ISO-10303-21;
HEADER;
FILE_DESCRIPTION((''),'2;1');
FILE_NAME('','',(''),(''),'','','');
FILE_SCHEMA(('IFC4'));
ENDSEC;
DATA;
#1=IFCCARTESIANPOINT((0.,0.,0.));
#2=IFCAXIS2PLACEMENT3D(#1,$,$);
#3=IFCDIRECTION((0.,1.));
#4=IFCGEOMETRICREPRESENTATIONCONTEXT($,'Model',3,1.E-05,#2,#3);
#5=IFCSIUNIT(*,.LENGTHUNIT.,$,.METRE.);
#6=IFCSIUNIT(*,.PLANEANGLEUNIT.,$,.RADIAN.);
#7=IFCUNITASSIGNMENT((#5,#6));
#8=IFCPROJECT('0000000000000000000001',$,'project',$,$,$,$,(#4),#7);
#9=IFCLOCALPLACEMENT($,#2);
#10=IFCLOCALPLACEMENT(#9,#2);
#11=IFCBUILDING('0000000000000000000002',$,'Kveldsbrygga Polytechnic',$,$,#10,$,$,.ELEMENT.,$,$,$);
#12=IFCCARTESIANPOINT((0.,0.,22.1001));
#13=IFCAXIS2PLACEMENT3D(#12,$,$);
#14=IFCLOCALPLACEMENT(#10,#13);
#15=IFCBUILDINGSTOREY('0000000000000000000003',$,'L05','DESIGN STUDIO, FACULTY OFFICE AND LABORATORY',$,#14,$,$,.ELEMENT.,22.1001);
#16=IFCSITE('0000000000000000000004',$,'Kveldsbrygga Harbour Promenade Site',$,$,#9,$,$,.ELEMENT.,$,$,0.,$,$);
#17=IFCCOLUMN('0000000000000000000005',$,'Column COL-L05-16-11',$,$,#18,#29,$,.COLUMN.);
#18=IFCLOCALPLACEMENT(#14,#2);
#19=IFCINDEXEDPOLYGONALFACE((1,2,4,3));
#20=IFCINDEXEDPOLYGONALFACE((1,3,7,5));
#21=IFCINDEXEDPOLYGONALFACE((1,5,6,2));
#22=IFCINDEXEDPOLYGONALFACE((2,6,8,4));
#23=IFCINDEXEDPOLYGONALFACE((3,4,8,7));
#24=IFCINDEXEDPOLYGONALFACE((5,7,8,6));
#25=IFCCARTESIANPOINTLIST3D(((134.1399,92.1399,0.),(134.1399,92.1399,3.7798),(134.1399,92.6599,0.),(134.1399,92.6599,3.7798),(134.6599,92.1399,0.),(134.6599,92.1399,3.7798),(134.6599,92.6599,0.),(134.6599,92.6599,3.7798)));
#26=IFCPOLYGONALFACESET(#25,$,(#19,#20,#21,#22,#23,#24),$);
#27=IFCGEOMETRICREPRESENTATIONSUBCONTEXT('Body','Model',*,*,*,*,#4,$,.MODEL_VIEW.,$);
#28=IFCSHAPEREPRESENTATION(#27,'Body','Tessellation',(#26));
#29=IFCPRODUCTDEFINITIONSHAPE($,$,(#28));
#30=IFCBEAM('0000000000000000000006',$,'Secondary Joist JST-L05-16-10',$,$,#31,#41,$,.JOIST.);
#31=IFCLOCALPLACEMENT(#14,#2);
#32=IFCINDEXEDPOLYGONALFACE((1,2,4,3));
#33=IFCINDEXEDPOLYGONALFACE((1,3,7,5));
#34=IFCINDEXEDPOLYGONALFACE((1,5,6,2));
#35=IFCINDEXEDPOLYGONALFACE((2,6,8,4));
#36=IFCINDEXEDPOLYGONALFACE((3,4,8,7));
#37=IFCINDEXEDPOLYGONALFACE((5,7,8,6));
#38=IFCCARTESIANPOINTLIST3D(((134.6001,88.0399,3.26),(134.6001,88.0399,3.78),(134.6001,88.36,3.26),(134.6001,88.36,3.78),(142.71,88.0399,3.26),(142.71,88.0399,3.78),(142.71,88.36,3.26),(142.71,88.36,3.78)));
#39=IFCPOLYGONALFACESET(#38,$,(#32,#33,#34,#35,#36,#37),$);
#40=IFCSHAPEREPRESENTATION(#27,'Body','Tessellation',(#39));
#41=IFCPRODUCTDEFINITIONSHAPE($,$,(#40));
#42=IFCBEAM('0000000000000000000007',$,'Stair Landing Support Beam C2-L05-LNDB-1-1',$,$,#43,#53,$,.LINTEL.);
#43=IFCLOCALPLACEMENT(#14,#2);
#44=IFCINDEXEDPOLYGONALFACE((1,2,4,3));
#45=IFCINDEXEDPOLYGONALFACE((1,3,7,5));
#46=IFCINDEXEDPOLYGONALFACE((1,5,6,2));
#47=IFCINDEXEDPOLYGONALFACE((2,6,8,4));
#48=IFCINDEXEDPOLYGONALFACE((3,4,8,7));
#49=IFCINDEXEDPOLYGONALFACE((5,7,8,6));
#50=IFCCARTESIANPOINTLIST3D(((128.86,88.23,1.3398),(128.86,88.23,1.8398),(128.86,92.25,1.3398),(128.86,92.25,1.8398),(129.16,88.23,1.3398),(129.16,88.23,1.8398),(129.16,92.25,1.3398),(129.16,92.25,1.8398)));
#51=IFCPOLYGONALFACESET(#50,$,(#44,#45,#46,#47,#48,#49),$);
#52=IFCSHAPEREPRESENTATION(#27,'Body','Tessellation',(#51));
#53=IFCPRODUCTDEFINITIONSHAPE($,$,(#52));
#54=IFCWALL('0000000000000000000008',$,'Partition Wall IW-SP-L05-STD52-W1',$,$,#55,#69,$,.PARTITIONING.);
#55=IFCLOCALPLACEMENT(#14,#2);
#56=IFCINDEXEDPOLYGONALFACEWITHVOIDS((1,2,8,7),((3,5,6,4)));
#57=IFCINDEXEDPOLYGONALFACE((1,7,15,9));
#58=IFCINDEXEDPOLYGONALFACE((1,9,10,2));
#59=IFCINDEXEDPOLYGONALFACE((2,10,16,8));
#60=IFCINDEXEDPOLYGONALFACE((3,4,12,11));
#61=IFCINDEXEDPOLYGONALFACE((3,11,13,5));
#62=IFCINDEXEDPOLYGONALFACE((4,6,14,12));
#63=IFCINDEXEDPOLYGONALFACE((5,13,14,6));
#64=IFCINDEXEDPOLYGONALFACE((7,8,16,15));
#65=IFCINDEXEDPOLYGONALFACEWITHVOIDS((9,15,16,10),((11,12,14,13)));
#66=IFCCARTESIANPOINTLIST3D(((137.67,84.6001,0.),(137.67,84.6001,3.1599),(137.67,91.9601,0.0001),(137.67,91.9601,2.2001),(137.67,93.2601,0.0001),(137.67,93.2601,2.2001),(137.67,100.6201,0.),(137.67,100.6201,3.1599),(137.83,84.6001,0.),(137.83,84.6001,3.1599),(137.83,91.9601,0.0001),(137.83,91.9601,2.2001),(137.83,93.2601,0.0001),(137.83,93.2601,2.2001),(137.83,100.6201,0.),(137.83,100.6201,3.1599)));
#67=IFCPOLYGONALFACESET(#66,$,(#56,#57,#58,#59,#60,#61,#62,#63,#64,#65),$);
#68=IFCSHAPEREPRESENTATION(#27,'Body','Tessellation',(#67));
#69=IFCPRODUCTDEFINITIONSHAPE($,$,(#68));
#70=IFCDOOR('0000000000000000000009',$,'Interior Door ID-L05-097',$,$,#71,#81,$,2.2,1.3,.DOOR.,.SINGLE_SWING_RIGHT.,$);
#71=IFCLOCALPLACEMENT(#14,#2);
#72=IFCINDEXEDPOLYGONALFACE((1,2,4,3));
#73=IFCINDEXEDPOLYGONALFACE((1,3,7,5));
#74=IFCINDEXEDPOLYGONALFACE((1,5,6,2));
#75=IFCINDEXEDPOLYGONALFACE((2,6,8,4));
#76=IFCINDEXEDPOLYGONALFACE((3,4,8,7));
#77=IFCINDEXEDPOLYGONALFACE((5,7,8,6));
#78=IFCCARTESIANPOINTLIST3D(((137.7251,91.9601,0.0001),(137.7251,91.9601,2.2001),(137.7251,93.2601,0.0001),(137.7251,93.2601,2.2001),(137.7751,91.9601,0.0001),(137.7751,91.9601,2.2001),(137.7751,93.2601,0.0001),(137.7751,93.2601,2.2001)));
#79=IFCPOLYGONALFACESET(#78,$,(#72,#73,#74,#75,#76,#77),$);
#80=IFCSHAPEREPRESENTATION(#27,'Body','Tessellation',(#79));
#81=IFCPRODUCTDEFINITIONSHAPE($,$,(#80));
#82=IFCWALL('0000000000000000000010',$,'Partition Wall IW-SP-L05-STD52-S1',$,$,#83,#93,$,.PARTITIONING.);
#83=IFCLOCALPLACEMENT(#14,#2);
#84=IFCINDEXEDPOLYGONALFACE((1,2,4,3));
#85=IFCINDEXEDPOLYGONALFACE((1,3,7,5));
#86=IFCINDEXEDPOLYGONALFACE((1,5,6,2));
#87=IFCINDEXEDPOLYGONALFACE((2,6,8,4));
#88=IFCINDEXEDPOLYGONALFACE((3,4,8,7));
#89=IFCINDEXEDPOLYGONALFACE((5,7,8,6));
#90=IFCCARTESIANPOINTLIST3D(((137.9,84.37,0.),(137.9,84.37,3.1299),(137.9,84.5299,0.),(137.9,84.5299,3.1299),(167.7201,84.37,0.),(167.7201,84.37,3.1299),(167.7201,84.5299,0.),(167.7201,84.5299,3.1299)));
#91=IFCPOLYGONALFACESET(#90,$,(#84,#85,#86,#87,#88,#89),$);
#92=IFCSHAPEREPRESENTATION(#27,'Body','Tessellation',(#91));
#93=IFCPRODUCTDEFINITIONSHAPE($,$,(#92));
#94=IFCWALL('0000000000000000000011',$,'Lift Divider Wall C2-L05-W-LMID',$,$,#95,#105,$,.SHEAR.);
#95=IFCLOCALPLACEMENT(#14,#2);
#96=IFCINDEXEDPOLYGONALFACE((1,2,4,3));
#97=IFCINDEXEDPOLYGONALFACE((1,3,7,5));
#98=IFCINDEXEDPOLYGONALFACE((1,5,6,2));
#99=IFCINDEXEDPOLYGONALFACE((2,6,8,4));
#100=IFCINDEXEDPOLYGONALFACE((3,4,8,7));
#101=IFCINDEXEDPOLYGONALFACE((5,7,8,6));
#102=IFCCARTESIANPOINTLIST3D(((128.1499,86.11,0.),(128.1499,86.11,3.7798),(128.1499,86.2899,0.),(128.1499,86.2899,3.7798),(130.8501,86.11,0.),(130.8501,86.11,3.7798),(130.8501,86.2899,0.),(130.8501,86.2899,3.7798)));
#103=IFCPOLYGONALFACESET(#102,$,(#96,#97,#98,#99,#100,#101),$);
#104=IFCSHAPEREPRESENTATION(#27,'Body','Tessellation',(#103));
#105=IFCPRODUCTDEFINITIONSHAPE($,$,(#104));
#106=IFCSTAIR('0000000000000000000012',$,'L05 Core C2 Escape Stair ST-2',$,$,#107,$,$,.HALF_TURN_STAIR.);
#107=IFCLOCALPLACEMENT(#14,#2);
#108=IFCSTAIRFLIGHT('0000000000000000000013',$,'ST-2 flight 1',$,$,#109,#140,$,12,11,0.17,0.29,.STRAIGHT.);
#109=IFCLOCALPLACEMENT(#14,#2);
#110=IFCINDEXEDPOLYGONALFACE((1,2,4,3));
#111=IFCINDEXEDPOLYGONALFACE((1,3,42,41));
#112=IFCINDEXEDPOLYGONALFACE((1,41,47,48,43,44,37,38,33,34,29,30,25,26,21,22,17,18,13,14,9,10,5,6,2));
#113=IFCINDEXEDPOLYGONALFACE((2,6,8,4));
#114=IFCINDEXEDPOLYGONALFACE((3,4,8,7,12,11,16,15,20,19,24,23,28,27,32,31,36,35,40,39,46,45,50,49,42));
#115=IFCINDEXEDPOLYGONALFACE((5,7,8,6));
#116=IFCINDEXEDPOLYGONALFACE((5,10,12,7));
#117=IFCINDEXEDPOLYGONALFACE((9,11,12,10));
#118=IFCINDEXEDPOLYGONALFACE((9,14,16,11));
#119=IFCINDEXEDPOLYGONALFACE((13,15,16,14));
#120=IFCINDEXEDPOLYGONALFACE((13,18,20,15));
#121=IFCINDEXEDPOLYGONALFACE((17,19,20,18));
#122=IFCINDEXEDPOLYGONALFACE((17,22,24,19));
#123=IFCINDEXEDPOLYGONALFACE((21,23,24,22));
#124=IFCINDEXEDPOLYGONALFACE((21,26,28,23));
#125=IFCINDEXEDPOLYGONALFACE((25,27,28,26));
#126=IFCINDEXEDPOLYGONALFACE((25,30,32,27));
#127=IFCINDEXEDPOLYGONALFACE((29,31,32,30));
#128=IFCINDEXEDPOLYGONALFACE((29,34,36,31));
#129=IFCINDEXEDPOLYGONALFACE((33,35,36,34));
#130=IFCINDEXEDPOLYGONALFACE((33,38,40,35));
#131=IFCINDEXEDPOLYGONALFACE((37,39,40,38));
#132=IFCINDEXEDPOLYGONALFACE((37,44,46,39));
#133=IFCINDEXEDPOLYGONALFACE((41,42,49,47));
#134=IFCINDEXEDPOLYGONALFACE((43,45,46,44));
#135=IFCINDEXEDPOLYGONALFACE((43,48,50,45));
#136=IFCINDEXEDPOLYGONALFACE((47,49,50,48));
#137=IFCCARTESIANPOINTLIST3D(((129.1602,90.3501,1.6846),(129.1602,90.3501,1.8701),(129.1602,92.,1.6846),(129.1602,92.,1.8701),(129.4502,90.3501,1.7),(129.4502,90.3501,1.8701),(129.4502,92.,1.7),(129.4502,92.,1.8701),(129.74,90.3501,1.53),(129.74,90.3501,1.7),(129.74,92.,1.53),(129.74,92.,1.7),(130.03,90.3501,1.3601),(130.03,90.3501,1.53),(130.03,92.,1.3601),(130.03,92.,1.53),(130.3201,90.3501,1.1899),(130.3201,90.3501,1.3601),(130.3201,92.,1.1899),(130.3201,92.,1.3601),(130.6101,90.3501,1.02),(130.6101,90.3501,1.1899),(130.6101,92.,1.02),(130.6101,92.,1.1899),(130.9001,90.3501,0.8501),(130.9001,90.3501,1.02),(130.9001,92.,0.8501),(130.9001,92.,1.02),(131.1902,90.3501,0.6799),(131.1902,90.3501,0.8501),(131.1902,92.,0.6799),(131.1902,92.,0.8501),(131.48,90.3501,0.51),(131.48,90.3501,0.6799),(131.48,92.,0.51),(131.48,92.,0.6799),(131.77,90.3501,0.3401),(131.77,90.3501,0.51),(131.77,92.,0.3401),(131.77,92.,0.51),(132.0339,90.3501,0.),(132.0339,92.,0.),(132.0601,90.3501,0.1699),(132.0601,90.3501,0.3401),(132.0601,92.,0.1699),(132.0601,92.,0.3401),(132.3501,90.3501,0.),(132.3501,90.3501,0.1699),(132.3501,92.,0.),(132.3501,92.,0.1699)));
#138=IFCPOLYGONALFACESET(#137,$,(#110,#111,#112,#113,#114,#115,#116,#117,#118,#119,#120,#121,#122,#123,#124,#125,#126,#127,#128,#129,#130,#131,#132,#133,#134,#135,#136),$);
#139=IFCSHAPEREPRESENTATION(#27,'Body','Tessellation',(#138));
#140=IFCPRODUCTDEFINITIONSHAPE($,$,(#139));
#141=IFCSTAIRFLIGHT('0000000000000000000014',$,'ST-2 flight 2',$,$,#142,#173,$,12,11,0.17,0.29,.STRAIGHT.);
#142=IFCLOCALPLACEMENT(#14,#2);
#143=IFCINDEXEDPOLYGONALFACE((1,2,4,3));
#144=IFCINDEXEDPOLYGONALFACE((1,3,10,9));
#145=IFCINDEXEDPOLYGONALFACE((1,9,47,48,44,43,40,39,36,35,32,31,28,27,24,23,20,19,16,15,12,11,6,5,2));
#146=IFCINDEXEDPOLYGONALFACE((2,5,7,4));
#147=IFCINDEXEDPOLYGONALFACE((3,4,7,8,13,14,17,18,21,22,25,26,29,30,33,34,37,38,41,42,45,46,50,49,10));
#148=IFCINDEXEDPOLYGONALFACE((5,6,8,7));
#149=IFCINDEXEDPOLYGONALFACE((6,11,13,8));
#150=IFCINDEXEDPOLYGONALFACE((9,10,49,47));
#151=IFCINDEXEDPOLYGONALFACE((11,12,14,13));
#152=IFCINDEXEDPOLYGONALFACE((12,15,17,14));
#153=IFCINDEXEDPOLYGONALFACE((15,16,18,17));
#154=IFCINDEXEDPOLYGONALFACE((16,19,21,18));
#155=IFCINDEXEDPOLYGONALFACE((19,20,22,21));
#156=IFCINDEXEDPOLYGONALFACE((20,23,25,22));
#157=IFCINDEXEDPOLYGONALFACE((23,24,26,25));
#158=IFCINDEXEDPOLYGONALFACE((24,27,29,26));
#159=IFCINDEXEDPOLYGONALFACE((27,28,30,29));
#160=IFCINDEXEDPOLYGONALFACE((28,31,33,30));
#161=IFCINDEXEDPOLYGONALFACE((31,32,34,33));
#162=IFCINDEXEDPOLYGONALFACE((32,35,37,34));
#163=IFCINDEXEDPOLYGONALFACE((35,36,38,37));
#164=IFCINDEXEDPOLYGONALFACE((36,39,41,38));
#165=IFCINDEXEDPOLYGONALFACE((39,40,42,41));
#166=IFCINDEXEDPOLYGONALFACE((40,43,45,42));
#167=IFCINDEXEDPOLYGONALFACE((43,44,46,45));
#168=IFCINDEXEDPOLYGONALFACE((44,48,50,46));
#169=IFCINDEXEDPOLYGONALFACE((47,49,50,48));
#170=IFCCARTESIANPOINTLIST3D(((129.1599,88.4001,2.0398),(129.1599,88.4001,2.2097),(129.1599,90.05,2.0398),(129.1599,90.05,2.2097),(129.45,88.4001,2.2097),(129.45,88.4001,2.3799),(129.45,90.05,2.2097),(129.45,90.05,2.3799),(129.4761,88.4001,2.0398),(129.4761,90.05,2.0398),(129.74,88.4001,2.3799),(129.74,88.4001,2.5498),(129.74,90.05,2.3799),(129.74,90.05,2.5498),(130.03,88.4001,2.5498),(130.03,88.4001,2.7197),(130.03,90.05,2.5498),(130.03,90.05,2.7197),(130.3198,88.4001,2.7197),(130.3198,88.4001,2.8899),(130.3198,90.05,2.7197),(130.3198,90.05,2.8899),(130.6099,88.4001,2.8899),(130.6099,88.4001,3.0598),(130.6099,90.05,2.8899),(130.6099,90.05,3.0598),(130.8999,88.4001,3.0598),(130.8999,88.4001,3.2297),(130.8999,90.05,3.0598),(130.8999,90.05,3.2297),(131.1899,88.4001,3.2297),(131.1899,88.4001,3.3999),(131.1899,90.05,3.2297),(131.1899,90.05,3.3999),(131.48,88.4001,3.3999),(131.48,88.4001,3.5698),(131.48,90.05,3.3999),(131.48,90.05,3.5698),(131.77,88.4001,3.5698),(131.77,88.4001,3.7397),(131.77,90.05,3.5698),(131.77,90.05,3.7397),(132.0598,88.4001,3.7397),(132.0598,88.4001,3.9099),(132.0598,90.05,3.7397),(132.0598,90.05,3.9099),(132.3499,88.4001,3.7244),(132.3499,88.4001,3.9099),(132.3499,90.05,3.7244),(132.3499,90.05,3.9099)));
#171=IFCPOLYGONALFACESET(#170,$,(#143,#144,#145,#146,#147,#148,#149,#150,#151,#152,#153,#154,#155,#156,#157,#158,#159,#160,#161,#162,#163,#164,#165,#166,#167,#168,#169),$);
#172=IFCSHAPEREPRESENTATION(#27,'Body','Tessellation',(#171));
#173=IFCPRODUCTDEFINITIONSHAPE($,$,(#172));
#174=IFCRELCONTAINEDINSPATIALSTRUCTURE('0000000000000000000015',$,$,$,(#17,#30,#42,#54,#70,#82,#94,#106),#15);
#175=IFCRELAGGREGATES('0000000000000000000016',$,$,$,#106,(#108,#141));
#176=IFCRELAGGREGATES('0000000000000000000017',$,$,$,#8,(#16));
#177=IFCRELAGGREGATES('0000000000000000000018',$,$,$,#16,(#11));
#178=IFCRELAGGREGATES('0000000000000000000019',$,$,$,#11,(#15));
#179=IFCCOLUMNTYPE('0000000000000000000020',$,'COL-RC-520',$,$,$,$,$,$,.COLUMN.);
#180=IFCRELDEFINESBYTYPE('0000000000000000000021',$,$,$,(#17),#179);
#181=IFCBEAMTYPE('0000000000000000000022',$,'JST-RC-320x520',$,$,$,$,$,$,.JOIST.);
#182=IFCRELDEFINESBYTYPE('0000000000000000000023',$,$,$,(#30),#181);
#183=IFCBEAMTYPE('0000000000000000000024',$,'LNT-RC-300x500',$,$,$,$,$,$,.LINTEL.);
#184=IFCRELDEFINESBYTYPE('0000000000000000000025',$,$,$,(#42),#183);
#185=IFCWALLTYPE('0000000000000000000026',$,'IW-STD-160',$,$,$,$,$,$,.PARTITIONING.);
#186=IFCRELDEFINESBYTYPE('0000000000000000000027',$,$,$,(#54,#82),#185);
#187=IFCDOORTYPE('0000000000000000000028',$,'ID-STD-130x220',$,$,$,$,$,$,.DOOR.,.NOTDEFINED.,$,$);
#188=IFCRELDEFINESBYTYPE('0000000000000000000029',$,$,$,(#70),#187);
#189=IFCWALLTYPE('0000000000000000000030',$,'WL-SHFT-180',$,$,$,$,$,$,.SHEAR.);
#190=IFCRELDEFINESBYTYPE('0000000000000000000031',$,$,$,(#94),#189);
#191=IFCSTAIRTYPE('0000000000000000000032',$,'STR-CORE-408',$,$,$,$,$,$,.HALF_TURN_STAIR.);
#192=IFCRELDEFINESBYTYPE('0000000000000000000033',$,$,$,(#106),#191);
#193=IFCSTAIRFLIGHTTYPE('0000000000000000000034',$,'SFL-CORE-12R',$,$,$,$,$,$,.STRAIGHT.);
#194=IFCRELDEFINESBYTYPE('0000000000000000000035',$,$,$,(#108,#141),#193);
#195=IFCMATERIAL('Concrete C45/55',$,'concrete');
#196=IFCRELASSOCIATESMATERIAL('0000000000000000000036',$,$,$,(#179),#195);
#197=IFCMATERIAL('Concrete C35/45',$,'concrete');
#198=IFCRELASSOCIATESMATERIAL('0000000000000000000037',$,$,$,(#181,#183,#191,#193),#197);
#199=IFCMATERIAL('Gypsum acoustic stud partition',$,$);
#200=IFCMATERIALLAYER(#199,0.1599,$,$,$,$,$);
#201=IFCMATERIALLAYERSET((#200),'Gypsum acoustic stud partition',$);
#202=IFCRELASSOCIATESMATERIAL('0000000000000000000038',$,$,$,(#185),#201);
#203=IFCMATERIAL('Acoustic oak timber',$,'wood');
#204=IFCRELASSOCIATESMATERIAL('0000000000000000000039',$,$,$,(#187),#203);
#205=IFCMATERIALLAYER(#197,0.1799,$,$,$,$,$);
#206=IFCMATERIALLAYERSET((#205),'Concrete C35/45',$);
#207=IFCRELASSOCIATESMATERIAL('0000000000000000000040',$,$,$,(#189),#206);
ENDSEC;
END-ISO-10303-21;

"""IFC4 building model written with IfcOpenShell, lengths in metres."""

from ifc_helpers import new_model, si_unit, direction, frame, frame_2d, origin, origin_2d, place, context, subcontext, project, spatial, polyline, rectangle, outline, extrude, material, layer, layer_set, material_profile, profile_set, type_object, element, fill, aggregate, save


model = new_model("IFC4")

# Units and contexts
model_context = context("Model", 3, precision=1e-05, world=origin(), true_north=direction((0.0, 1.0)))
body_context = subcontext(model_context, "Body", "Model", "MODEL_VIEW")
ifc_project = project(units=[si_unit("LENGTHUNIT", "METRE"), si_unit("PLANEANGLEUNIT", "RADIAN")], contexts=[model_context])

# Site, building, storey
site_placement = place(None, origin())
site = spatial("IfcSite", under=ifc_project, at=site_placement, Name="Kveldsbrygga Harbour Promenade Site", CompositionType="ELEMENT", RefElevation=0.0)
building_placement = place(site_placement, origin())
building = spatial("IfcBuilding", under=site, at=building_placement, Name="Kveldsbrygga Polytechnic", CompositionType="ELEMENT")
storey_placement = place(building_placement, frame((0.0, 0.0, 22.1001)))
storey = spatial("IfcBuildingStorey", under=building, at=storey_placement, Name="L05", Description="DESIGN STUDIO, FACULTY OFFICE AND LABORATORY", CompositionType="ELEMENT", Elevation=22.1001)

# Column
ifc_material_1 = material(Name="Concrete C45/55", Category="concrete")
ifc_material_profile_1 = material_profile(ifc_material_1, rectangle(XDim=0.52, YDim=0.52, at=origin_2d()), Name="RC 520x520")
ifc_profile_set_1 = profile_set([ifc_material_profile_1], Name="Concrete C45/55")
column_type = type_object("IfcColumnType", Name="COL-RC-520", PredefinedType="COLUMN", material=ifc_profile_set_1)
column_placement = place(storey_placement, frame((134.3999, 92.3999, 0.0), z_axis=(0.0, 0.0, 1.0), x_axis=(1.0, 0.0, 0.0)))
element("IfcColumn", 1, at=column_placement, inside=storey, type_object=column_type, Name="Column COL-L05-16-11", PredefinedType="COLUMN", context=body_context, shape_type="SweptSolid", body=[
    extrude(rectangle(XDim=0.52, YDim=0.52, at=origin_2d()), origin(), (0.0, 0.0, 1.0), 3.7798),
])

# Beams
ifc_material_2 = material(Name="Concrete C35/45", Category="concrete")
ifc_material_profile_2 = material_profile(ifc_material_2, rectangle(XDim=0.3201, YDim=0.52, at=origin_2d()), Name="RC 320x520")
ifc_profile_set_2 = profile_set([ifc_material_profile_2], Name="Concrete C35/45")
beam_type_1 = type_object("IfcBeamType", Name="JST-RC-320x520", PredefinedType="JOIST", material=ifc_profile_set_2)
beam_1_placement = place(storey_placement, frame((134.6001, 88.2, 3.52), z_axis=(1.0, 0.0, 0.0), x_axis=(0.0, 1.0, 0.0)))
element("IfcBeam", 2, at=beam_1_placement, inside=storey, type_object=beam_type_1, Name="Secondary Joist JST-L05-16-10", PredefinedType="JOIST", context=body_context, shape_type="SweptSolid", body=[
    extrude(rectangle(XDim=0.3201, YDim=0.52, at=origin_2d()), origin(), (0.0, 0.0, 1.0), 8.1099),
])
ifc_material_profile_3 = material_profile(ifc_material_2, rectangle(XDim=0.3, YDim=0.5, at=origin_2d()), Name="RC 300x500")
ifc_profile_set_3 = profile_set([ifc_material_profile_3], Name="Concrete C35/45")
beam_type_2 = type_object("IfcBeamType", Name="LNT-RC-300x500", PredefinedType="LINTEL", material=ifc_profile_set_3)
beam_2_placement = place(storey_placement, frame((129.01, 88.23, 1.5898), z_axis=(0.0, 1.0, 0.0), x_axis=(-1.0, 0.0, 0.0)))
element("IfcBeam", 3, at=beam_2_placement, inside=storey, type_object=beam_type_2, Name="Stair Landing Support Beam C2-L05-LNDB-1-1", PredefinedType="LINTEL", context=body_context, shape_type="SweptSolid", body=[
    extrude(rectangle(XDim=0.3, YDim=0.5, at=origin_2d()), origin(), (0.0, 0.0, 1.0), 4.02),
])

# Wall, opening, door
ifc_material_3 = material(Name="Gypsum acoustic stud partition")
ifc_layer_1 = layer(ifc_material_3, 0.1599)
ifc_layer_set_1 = layer_set([ifc_layer_1], Name="Gypsum acoustic stud partition")
wall_type_1 = type_object("IfcWallType", Name="IW-STD-160", PredefinedType="PARTITIONING", material=ifc_layer_set_1)
wall_1_placement = place(storey_placement, frame((137.75, 84.6001, 0.0), z_axis=(0.0, 0.0, 1.0), x_axis=(0.0, 1.0, 0.0)))
wall_1 = element("IfcWall", 4, at=wall_1_placement, inside=storey, type_object=wall_type_1, Name="Partition Wall IW-SP-L05-STD52-W1", PredefinedType="PARTITIONING", context=body_context, shape_type="SweptSolid", body=[
    extrude(rectangle(XDim=16.02, YDim=0.1599, at=frame_2d((8.01, 0.0))), origin(), (0.0, 0.0, 1.0), 3.1599),
])
opening_1_placement = place(wall_1_placement, frame((7.3601, 0.0, 0.0)))
opening_1 = element("IfcOpeningElement", 5, at=opening_1_placement, cuts=wall_1, PredefinedType="OPENING", context=body_context, shape_type="SweptSolid", body=[
    extrude(rectangle(XDim=1.3, YDim=2.2, at=frame_2d((0.6499, 1.1001))), frame((0.0, 0.0898, 0.0), z_axis=(0.0, -1.0, 0.0), x_axis=(1.0, 0.0, 0.0)), (0.0, 0.0, 1.0), 0.1799),
])
ifc_material_4 = material(Name="Acoustic oak timber", Category="wood")
door_type_1 = type_object("IfcDoorType", Name="ID-STD-130x220", OperationType="NOTDEFINED", PredefinedType="DOOR", material=ifc_material_4)
door_1_placement = place(opening_1_placement, origin())
door_1 = element("IfcDoor", 6, at=door_1_placement, inside=storey, type_object=door_type_1, Name="Interior Door ID-L05-097", OperationType="SINGLE_SWING_RIGHT", OverallHeight=2.2, OverallWidth=1.3, PredefinedType="DOOR", context=body_context, shape_type="SweptSolid", body=[
    extrude(rectangle(XDim=1.3, YDim=2.2, at=frame_2d((0.6499, 1.1001))), frame((0.0, 0.0249, 0.0), z_axis=(0.0, -1.0, 0.0), x_axis=(1.0, 0.0, 0.0)), (0.0, 0.0, 1.0), 0.05),
])
fill(opening_1, door_1)

# Walls
wall_2_placement = place(storey_placement, frame((137.8999, 84.45, 0.0), z_axis=(0.0, 0.0, 1.0), x_axis=(1.0, 0.0, 0.0)))
element("IfcWall", 7, at=wall_2_placement, inside=storey, type_object=wall_type_1, Name="Partition Wall IW-SP-L05-STD52-S1", PredefinedType="PARTITIONING", context=body_context, shape_type="SweptSolid", body=[
    extrude(rectangle(XDim=29.8201, YDim=0.1599, at=frame_2d((14.9102, 0.0))), origin(), (0.0, 0.0, 1.0), 3.1299),
])
ifc_layer_2 = layer(ifc_material_2, 0.1799)
ifc_layer_set_2 = layer_set([ifc_layer_2], Name="Concrete C35/45")
wall_type_2 = type_object("IfcWallType", Name="WL-SHFT-180", PredefinedType="SHEAR", material=ifc_layer_set_2)
wall_3_placement = place(storey_placement, frame((128.1499, 86.2, 0.0), z_axis=(0.0, 0.0, 1.0), x_axis=(1.0, 0.0, 0.0)))
element("IfcWall", 8, at=wall_3_placement, inside=storey, type_object=wall_type_2, Name="Lift Divider Wall C2-L05-W-LMID", PredefinedType="SHEAR", context=body_context, shape_type="SweptSolid", body=[
    extrude(rectangle(XDim=2.7002, YDim=0.1799, at=frame_2d((1.3501, 0.0))), origin(), (0.0, 0.0, 1.0), 3.7798),
])

# Stair, stair flights
stair_type = type_object("IfcStairType", Name="STR-CORE-408", PredefinedType="HALF_TURN_STAIR", material=ifc_material_2)
stair_placement = place(storey_placement, origin())
stair = element("IfcStair", 9, at=stair_placement, inside=storey, type_object=stair_type, Name="L05 Core C2 Escape Stair ST-2", PredefinedType="HALF_TURN_STAIR")
stair_flight_type = type_object("IfcStairFlightType", Name="SFL-CORE-12R", PredefinedType="STRAIGHT", material=ifc_material_2)
stair_flight_1_placement = place(storey_placement, frame((132.3501, 91.175, 0.0), z_axis=(0.0, 0.0, 1.0), x_axis=(-1.0, 0.0, 0.0)))
stair_flight_1 = element("IfcStairFlight", 10, at=stair_flight_1_placement, type_object=stair_flight_type, Name="ST-2 flight 1", NumberOfRisers=12, NumberOfTreads=11, PredefinedType="STRAIGHT", RiserHeight=0.17, TreadLength=0.29, context=body_context, shape_type="SweptSolid", body=[
    extrude(outline(polyline([(0.0, 0.0), (0.0, 0.1699), (0.29, 0.1699), (0.29, 0.3401), (0.5801, 0.3401), (0.5801, 0.51), (0.8701, 0.51), (0.8701, 0.6799), (1.1599, 0.6799), (1.1599, 0.8501), (1.45, 0.8501), (1.45, 1.02), (1.74, 1.02), (1.74, 1.1899), (2.03, 1.1899), (2.03, 1.3601), (2.3201, 1.3601), (2.3201, 1.53), (2.6101, 1.53), (2.6101, 1.7), (2.8999, 1.7), (2.8999, 1.8701), (3.1899, 1.8701), (3.1899, 2.04), (3.1899, 1.6846), (0.3162, 0.0), (0.0, 0.0)])), frame((0.0, 0.825, 0.0), z_axis=(0.0, -1.0, 0.0), x_axis=(1.0, 0.0, 0.0)), (0.0, 0.0, 1.0), 1.6499),
])
stair_flight_2_placement = place(storey_placement, frame((129.1599, 89.2251, 2.0398), z_axis=(0.0, 0.0, 1.0), x_axis=(1.0, 0.0, 0.0)))
stair_flight_2 = element("IfcStairFlight", 11, at=stair_flight_2_placement, type_object=stair_flight_type, Name="ST-2 flight 2", NumberOfRisers=12, NumberOfTreads=11, PredefinedType="STRAIGHT", RiserHeight=0.17, TreadLength=0.29, context=body_context, shape_type="SweptSolid", body=[
    extrude(outline(polyline([(0.0, 0.0), (0.0, 0.1699), (0.29, 0.1699), (0.29, 0.3401), (0.5801, 0.3401), (0.5801, 0.51), (0.8701, 0.51), (0.8701, 0.6799), (1.1599, 0.6799), (1.1599, 0.8501), (1.45, 0.8501), (1.45, 1.02), (1.74, 1.02), (1.74, 1.1899), (2.03, 1.1899), (2.03, 1.3601), (2.3201, 1.3601), (2.3201, 1.53), (2.6101, 1.53), (2.6101, 1.7), (2.8999, 1.7), (2.8999, 1.8701), (3.1899, 1.8701), (3.1899, 2.04), (3.1899, 1.6846), (0.3162, 0.0), (0.0, 0.0)])), frame((0.0, 0.825, 0.0), z_axis=(0.0, -1.0, 0.0), x_axis=(1.0, 0.0, 0.0)), (0.0, 0.0, 1.0), 1.6499),
])
aggregate(stair, [stair_flight_1, stair_flight_2])

save(model, "model.ifc")
